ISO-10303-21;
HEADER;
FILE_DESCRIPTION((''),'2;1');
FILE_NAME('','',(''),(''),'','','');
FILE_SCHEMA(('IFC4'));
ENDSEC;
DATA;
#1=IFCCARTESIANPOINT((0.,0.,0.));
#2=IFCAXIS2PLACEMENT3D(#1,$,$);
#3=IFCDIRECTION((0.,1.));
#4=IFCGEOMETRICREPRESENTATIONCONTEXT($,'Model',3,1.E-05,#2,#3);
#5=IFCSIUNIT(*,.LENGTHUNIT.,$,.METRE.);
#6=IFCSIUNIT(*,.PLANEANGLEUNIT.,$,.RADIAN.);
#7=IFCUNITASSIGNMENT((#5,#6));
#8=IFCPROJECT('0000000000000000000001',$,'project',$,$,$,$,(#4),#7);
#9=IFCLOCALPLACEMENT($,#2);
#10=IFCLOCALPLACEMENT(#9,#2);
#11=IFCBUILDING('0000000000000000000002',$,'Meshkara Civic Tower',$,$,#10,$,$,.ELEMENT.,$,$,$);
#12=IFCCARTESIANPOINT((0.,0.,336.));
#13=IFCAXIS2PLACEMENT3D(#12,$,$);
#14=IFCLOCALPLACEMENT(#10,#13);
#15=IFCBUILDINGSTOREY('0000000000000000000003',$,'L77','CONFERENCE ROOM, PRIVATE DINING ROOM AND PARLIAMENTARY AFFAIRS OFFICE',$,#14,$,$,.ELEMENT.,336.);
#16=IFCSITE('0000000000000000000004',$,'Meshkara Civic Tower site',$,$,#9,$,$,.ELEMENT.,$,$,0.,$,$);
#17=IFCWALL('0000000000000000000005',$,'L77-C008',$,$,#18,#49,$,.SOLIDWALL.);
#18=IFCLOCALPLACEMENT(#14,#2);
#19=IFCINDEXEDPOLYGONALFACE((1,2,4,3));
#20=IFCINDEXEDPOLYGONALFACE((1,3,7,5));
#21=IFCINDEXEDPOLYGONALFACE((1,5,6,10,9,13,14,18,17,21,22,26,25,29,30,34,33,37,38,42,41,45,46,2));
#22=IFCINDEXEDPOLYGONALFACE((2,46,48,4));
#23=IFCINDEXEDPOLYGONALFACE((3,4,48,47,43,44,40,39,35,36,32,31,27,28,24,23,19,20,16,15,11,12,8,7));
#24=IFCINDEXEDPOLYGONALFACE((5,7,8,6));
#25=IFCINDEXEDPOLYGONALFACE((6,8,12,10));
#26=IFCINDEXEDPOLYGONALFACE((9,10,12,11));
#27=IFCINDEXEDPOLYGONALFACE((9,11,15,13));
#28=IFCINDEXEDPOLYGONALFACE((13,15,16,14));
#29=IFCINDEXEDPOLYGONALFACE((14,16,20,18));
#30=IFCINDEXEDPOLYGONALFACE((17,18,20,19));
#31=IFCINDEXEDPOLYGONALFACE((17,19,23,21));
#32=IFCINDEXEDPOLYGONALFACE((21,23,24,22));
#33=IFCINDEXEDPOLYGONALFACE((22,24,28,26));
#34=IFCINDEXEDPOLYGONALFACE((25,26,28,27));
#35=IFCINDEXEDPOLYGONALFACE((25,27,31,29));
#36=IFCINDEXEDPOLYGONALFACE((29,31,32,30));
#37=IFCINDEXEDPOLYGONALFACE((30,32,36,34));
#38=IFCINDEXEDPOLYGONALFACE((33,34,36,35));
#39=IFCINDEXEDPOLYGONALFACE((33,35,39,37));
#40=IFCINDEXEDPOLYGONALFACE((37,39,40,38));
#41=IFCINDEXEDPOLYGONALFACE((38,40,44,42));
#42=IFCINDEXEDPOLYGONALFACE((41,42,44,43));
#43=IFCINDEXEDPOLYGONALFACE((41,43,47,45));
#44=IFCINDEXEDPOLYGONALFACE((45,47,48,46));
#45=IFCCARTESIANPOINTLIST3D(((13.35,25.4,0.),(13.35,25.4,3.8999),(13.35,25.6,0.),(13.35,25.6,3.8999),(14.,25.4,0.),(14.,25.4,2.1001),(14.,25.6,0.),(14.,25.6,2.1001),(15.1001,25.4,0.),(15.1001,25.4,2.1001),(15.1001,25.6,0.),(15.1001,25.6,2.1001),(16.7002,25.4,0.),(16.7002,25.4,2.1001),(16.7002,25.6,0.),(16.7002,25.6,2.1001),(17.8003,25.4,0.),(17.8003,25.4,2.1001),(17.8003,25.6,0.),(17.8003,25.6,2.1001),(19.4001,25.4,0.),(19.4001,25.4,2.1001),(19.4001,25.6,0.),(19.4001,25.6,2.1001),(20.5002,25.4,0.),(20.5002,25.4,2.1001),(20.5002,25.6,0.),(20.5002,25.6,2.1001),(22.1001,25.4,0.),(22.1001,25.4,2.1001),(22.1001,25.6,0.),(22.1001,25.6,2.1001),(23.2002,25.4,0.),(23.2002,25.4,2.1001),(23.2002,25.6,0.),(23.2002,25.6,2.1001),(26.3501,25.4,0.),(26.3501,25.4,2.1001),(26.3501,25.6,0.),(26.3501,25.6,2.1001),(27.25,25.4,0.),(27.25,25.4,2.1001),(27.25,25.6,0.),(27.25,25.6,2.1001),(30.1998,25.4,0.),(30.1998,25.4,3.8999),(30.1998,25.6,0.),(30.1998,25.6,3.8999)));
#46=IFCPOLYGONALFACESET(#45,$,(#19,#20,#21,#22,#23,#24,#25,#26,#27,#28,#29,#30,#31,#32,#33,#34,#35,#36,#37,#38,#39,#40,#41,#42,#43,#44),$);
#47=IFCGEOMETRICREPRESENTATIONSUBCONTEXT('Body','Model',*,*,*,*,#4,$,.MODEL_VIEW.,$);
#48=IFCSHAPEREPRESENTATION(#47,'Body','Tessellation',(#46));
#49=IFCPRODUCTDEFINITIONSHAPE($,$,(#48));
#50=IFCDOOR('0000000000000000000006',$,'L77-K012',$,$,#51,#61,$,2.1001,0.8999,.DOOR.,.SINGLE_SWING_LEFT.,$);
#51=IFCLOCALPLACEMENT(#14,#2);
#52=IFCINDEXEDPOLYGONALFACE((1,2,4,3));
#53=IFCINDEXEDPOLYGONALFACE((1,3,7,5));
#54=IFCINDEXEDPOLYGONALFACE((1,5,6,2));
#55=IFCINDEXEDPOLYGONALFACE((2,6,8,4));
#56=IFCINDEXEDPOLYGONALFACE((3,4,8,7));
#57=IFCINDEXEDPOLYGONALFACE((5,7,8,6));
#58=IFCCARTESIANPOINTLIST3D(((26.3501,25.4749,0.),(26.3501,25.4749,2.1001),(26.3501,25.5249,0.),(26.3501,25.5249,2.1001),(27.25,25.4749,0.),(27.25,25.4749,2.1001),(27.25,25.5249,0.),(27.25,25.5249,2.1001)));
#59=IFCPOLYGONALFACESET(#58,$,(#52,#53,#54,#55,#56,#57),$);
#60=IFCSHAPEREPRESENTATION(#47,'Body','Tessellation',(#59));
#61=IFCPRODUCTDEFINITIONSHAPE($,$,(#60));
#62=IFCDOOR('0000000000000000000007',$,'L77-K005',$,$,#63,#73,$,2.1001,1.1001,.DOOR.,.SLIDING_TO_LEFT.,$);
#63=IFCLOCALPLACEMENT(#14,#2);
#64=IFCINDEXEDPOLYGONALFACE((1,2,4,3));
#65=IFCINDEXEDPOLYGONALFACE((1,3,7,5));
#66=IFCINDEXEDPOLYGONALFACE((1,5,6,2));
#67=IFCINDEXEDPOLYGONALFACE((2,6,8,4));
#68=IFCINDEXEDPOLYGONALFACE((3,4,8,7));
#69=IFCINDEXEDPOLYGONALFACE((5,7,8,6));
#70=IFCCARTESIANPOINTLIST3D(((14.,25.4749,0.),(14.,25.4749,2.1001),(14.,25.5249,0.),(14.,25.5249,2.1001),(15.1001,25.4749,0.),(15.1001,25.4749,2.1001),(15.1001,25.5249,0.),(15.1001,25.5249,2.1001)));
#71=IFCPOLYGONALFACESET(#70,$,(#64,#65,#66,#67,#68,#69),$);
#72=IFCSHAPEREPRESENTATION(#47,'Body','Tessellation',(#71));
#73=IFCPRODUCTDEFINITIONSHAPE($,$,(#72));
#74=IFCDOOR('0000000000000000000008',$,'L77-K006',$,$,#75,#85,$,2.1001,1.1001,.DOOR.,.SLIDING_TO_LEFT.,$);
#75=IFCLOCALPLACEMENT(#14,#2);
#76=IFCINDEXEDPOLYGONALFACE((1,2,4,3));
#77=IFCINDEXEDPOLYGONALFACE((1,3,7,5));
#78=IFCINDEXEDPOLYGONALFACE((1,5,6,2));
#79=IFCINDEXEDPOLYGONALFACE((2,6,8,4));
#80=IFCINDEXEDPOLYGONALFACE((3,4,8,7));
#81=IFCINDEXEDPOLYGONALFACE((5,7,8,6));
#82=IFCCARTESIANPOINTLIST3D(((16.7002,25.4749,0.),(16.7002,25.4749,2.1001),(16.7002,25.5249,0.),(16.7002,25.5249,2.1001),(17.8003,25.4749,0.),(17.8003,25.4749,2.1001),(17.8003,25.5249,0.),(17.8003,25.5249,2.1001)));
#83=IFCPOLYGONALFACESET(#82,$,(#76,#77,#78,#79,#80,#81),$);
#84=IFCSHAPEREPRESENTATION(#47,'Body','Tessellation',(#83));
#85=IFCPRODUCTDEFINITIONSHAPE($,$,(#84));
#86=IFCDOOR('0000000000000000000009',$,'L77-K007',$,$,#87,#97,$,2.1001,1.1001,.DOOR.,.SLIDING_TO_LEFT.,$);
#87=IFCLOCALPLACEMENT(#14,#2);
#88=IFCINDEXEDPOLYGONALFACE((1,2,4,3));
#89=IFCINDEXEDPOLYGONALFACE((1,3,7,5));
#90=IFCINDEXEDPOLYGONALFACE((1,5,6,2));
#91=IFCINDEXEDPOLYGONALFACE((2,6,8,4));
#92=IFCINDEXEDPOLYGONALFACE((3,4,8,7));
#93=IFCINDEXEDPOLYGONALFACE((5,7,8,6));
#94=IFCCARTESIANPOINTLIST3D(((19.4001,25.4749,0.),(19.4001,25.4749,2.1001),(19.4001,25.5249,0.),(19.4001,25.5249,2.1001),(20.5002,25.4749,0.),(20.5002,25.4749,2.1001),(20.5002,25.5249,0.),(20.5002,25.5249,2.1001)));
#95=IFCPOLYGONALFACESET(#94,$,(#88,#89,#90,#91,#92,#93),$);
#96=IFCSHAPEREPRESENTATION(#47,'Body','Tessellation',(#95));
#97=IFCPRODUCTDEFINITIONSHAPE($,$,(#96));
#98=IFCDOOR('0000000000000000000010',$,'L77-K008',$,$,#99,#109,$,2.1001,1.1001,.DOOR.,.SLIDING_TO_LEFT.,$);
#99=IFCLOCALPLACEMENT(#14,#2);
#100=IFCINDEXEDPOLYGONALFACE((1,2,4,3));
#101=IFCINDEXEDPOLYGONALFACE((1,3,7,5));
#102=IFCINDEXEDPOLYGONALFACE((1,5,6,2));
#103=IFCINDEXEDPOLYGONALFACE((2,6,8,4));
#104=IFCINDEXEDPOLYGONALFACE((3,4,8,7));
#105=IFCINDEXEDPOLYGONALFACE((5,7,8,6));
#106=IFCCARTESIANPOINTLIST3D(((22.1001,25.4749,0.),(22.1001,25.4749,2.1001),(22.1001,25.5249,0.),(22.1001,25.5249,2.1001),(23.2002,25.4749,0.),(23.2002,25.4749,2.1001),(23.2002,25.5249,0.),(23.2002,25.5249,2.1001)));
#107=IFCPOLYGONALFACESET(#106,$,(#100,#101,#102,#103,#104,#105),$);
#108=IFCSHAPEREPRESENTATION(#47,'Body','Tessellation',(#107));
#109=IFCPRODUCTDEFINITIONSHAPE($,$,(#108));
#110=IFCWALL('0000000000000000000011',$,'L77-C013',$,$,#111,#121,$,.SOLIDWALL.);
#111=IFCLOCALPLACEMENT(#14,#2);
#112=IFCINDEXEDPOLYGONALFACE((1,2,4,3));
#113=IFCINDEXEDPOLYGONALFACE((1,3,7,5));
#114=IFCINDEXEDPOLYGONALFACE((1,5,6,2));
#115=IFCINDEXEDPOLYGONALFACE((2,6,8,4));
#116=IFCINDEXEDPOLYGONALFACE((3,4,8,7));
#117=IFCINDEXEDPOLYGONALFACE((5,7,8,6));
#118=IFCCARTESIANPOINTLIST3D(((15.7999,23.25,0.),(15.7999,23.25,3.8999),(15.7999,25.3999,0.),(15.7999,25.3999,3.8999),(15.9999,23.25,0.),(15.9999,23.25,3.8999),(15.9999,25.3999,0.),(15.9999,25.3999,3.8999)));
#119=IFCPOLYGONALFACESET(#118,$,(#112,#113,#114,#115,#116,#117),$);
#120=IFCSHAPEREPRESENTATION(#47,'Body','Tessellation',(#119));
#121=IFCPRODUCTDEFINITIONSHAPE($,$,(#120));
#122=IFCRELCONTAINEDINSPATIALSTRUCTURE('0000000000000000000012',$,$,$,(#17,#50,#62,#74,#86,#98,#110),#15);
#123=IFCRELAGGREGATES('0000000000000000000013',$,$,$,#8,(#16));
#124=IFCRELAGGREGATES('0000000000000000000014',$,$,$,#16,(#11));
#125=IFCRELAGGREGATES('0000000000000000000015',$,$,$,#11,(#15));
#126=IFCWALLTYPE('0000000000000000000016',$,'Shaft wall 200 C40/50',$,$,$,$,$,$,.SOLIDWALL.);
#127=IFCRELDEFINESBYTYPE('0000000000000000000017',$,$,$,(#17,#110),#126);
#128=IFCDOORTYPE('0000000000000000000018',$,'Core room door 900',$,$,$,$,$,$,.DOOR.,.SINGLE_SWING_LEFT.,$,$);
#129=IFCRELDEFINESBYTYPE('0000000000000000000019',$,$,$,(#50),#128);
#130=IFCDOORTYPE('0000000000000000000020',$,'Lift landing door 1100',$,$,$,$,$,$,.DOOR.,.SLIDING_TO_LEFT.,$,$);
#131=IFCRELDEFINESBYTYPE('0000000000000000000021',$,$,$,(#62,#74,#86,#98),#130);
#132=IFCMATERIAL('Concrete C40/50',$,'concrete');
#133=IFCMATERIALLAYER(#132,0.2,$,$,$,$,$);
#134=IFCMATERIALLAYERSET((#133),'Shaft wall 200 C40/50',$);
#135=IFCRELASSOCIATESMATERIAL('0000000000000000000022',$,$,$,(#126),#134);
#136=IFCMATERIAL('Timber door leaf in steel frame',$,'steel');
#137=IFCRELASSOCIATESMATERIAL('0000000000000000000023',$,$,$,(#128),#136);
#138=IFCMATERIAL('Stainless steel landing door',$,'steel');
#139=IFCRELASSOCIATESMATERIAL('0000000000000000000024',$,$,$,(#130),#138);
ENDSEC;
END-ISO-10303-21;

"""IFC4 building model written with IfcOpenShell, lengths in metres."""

from ifc_helpers import new_model, si_unit, direction, frame, frame_2d, origin, place, context, subcontext, project, spatial, rectangle, extrude, material, layer, layer_set, type_object, element, fill, save


model = new_model("IFC4")

# Units and contexts
model_context = context("Model", 3, precision=1e-05, world=origin(), true_north=direction((0.0, 1.0)))
body_context = subcontext(model_context, "Body", "Model", "MODEL_VIEW")
ifc_project = project(units=[si_unit("LENGTHUNIT", "METRE"), si_unit("PLANEANGLEUNIT", "RADIAN")], contexts=[model_context])

# Site, building, storey
site_placement = place(None, origin())
site = spatial("IfcSite", under=ifc_project, at=site_placement, Name="Meshkara Civic Tower site", CompositionType="ELEMENT", RefElevation=0.0)
building_placement = place(site_placement, origin())
building = spatial("IfcBuilding", under=site, at=building_placement, Name="Meshkara Civic Tower", CompositionType="ELEMENT")
storey_placement = place(building_placement, frame((0.0, 0.0, 336.0)))
storey = spatial("IfcBuildingStorey", under=building, at=storey_placement, Name="L77", Description="CONFERENCE ROOM, PRIVATE DINING ROOM AND PARLIAMENTARY AFFAIRS OFFICE", CompositionType="ELEMENT", Elevation=336.0)

# Wall, openings, doors
ifc_material_1 = material(Name="Concrete C40/50", Category="concrete")
ifc_layer_1 = layer(ifc_material_1, 0.2)
ifc_layer_set_1 = layer_set([ifc_layer_1], Name="Shaft wall 200 C40/50")
wall_type_1 = type_object("IfcWallType", Name="Shaft wall 200 C40/50", PredefinedType="SOLIDWALL", material=ifc_layer_set_1)
wall_1_placement = place(storey_placement, frame((13.3501, 25.5, 0.0), z_axis=(0.0, 0.0, 1.0), x_axis=(1.0, 0.0, 0.0)))
wall_1 = element("IfcWall", 1, at=wall_1_placement, inside=storey, type_object=wall_type_1, Name="L77-C008", PredefinedType="SOLIDWALL", context=body_context, shape_type="SweptSolid", body=[
    extrude(rectangle(XDim=16.8499, YDim=0.2, at=frame_2d((8.4248, 0.0))), origin(), (0.0, 0.0, 1.0), 3.8999),
])
opening_1_placement = place(wall_1_placement, frame((0.6499, 0.0, 0.0)))
opening_1 = element("IfcOpeningElement", 2, at=opening_1_placement, cuts=wall_1, PredefinedType="OPENING", context=body_context, shape_type="SweptSolid", body=[
    extrude(rectangle(XDim=1.1001, YDim=2.1001, at=frame_2d((0.55, 1.05))), frame((0.0, 0.1099, 0.0), z_axis=(0.0, -1.0, 0.0), x_axis=(1.0, 0.0, 0.0)), (0.0, 0.0, 1.0), 0.22),
])
opening_2_placement = place(wall_1_placement, frame((3.3501, 0.0, 0.0)))
opening_2 = element("IfcOpeningElement", 3, at=opening_2_placement, cuts=wall_1, PredefinedType="OPENING", context=body_context, shape_type="SweptSolid", body=[
    extrude(rectangle(XDim=1.1001, YDim=2.1001, at=frame_2d((0.55, 1.05))), frame((0.0, 0.1099, 0.0), z_axis=(0.0, -1.0, 0.0), x_axis=(1.0, 0.0, 0.0)), (0.0, 0.0, 1.0), 0.22),
])
opening_3_placement = place(wall_1_placement, frame((6.05, 0.0, 0.0)))
opening_3 = element("IfcOpeningElement", 4, at=opening_3_placement, cuts=wall_1, PredefinedType="OPENING", context=body_context, shape_type="SweptSolid", body=[
    extrude(rectangle(XDim=1.1001, YDim=2.1001, at=frame_2d((0.55, 1.05))), frame((0.0, 0.1099, 0.0), z_axis=(0.0, -1.0, 0.0), x_axis=(1.0, 0.0, 0.0)), (0.0, 0.0, 1.0), 0.22),
])
opening_4_placement = place(wall_1_placement, frame((8.75, 0.0, 0.0)))
opening_4 = element("IfcOpeningElement", 5, at=opening_4_placement, cuts=wall_1, PredefinedType="OPENING", context=body_context, shape_type="SweptSolid", body=[
    extrude(rectangle(XDim=1.1001, YDim=2.1001, at=frame_2d((0.55, 1.05))), frame((0.0, 0.1099, 0.0), z_axis=(0.0, -1.0, 0.0), x_axis=(1.0, 0.0, 0.0)), (0.0, 0.0, 1.0), 0.22),
])
opening_5_placement = place(wall_1_placement, frame((13.0, 0.0, 0.0)))
opening_5 = element("IfcOpeningElement", 6, at=opening_5_placement, cuts=wall_1, PredefinedType="OPENING", context=body_context, shape_type="SweptSolid", body=[
    extrude(rectangle(XDim=0.8999, YDim=2.1001, at=frame_2d((0.45, 1.05))), frame((0.0, 0.1099, 0.0), z_axis=(0.0, -1.0, 0.0), x_axis=(1.0, 0.0, 0.0)), (0.0, 0.0, 1.0), 0.22),
])
ifc_material_2 = material(Name="Timber door leaf in steel frame", Category="steel")
door_type_1 = type_object("IfcDoorType", Name="Core room door 900", OperationType="SINGLE_SWING_LEFT", PredefinedType="DOOR", material=ifc_material_2)
door_1_placement = place(opening_5_placement, origin())
door_1 = element("IfcDoor", 7, at=door_1_placement, inside=storey, type_object=door_type_1, Name="L77-K012", OperationType="SINGLE_SWING_LEFT", OverallHeight=2.1001, OverallWidth=0.8999, PredefinedType="DOOR", context=body_context, shape_type="SweptSolid", body=[
    extrude(rectangle(XDim=0.8999, YDim=2.1001, at=frame_2d((0.45, 1.05))), frame((0.0, 0.0249, 0.0), z_axis=(0.0, -1.0, 0.0), x_axis=(1.0, 0.0, 0.0)), (0.0, 0.0, 1.0), 0.05),
])
fill(opening_5, door_1)
ifc_material_3 = material(Name="Stainless steel landing door", Category="steel")
door_type_2 = type_object("IfcDoorType", Name="Lift landing door 1100", OperationType="SLIDING_TO_LEFT", PredefinedType="DOOR", material=ifc_material_3)
door_2_placement = place(opening_1_placement, origin())
door_2 = element("IfcDoor", 8, at=door_2_placement, inside=storey, type_object=door_type_2, Name="L77-K005", OperationType="SLIDING_TO_LEFT", OverallHeight=2.1001, OverallWidth=1.1001, PredefinedType="DOOR", context=body_context, shape_type="SweptSolid", body=[
    extrude(rectangle(XDim=1.1001, YDim=2.1001, at=frame_2d((0.55, 1.05))), frame((0.0, 0.0249, 0.0), z_axis=(0.0, -1.0, 0.0), x_axis=(1.0, 0.0, 0.0)), (0.0, 0.0, 1.0), 0.05),
])
fill(opening_1, door_2)
door_3_placement = place(opening_2_placement, origin())
door_3 = element("IfcDoor", 9, at=door_3_placement, inside=storey, type_object=door_type_2, Name="L77-K006", OperationType="SLIDING_TO_LEFT", OverallHeight=2.1001, OverallWidth=1.1001, PredefinedType="DOOR", context=body_context, shape_type="SweptSolid", body=[
    extrude(rectangle(XDim=1.1001, YDim=2.1001, at=frame_2d((0.55, 1.05))), frame((0.0, 0.0249, 0.0), z_axis=(0.0, -1.0, 0.0), x_axis=(1.0, 0.0, 0.0)), (0.0, 0.0, 1.0), 0.05),
])
fill(opening_2, door_3)
door_4_placement = place(opening_3_placement, origin())
door_4 = element("IfcDoor", 10, at=door_4_placement, inside=storey, type_object=door_type_2, Name="L77-K007", OperationType="SLIDING_TO_LEFT", OverallHeight=2.1001, OverallWidth=1.1001, PredefinedType="DOOR", context=body_context, shape_type="SweptSolid", body=[
    extrude(rectangle(XDim=1.1001, YDim=2.1001, at=frame_2d((0.55, 1.05))), frame((0.0, 0.0249, 0.0), z_axis=(0.0, -1.0, 0.0), x_axis=(1.0, 0.0, 0.0)), (0.0, 0.0, 1.0), 0.05),
])
fill(opening_3, door_4)
door_5_placement = place(opening_4_placement, origin())
door_5 = element("IfcDoor", 11, at=door_5_placement, inside=storey, type_object=door_type_2, Name="L77-K008", OperationType="SLIDING_TO_LEFT", OverallHeight=2.1001, OverallWidth=1.1001, PredefinedType="DOOR", context=body_context, shape_type="SweptSolid", body=[
    extrude(rectangle(XDim=1.1001, YDim=2.1001, at=frame_2d((0.55, 1.05))), frame((0.0, 0.0249, 0.0), z_axis=(0.0, -1.0, 0.0), x_axis=(1.0, 0.0, 0.0)), (0.0, 0.0, 1.0), 0.05),
])
fill(opening_4, door_5)

# Wall
wall_2_placement = place(storey_placement, frame((15.8999, 23.25, 0.0), z_axis=(0.0, 0.0, 1.0), x_axis=(0.0, 1.0, 0.0)))
element("IfcWall", 12, at=wall_2_placement, inside=storey, type_object=wall_type_1, Name="L77-C013", PredefinedType="SOLIDWALL", context=body_context, shape_type="SweptSolid", body=[
    extrude(rectangle(XDim=2.1499, YDim=0.2, at=frame_2d((1.075, 0.0))), origin(), (0.0, 0.0, 1.0), 3.8999),
])

save(model, "model.ifc")
